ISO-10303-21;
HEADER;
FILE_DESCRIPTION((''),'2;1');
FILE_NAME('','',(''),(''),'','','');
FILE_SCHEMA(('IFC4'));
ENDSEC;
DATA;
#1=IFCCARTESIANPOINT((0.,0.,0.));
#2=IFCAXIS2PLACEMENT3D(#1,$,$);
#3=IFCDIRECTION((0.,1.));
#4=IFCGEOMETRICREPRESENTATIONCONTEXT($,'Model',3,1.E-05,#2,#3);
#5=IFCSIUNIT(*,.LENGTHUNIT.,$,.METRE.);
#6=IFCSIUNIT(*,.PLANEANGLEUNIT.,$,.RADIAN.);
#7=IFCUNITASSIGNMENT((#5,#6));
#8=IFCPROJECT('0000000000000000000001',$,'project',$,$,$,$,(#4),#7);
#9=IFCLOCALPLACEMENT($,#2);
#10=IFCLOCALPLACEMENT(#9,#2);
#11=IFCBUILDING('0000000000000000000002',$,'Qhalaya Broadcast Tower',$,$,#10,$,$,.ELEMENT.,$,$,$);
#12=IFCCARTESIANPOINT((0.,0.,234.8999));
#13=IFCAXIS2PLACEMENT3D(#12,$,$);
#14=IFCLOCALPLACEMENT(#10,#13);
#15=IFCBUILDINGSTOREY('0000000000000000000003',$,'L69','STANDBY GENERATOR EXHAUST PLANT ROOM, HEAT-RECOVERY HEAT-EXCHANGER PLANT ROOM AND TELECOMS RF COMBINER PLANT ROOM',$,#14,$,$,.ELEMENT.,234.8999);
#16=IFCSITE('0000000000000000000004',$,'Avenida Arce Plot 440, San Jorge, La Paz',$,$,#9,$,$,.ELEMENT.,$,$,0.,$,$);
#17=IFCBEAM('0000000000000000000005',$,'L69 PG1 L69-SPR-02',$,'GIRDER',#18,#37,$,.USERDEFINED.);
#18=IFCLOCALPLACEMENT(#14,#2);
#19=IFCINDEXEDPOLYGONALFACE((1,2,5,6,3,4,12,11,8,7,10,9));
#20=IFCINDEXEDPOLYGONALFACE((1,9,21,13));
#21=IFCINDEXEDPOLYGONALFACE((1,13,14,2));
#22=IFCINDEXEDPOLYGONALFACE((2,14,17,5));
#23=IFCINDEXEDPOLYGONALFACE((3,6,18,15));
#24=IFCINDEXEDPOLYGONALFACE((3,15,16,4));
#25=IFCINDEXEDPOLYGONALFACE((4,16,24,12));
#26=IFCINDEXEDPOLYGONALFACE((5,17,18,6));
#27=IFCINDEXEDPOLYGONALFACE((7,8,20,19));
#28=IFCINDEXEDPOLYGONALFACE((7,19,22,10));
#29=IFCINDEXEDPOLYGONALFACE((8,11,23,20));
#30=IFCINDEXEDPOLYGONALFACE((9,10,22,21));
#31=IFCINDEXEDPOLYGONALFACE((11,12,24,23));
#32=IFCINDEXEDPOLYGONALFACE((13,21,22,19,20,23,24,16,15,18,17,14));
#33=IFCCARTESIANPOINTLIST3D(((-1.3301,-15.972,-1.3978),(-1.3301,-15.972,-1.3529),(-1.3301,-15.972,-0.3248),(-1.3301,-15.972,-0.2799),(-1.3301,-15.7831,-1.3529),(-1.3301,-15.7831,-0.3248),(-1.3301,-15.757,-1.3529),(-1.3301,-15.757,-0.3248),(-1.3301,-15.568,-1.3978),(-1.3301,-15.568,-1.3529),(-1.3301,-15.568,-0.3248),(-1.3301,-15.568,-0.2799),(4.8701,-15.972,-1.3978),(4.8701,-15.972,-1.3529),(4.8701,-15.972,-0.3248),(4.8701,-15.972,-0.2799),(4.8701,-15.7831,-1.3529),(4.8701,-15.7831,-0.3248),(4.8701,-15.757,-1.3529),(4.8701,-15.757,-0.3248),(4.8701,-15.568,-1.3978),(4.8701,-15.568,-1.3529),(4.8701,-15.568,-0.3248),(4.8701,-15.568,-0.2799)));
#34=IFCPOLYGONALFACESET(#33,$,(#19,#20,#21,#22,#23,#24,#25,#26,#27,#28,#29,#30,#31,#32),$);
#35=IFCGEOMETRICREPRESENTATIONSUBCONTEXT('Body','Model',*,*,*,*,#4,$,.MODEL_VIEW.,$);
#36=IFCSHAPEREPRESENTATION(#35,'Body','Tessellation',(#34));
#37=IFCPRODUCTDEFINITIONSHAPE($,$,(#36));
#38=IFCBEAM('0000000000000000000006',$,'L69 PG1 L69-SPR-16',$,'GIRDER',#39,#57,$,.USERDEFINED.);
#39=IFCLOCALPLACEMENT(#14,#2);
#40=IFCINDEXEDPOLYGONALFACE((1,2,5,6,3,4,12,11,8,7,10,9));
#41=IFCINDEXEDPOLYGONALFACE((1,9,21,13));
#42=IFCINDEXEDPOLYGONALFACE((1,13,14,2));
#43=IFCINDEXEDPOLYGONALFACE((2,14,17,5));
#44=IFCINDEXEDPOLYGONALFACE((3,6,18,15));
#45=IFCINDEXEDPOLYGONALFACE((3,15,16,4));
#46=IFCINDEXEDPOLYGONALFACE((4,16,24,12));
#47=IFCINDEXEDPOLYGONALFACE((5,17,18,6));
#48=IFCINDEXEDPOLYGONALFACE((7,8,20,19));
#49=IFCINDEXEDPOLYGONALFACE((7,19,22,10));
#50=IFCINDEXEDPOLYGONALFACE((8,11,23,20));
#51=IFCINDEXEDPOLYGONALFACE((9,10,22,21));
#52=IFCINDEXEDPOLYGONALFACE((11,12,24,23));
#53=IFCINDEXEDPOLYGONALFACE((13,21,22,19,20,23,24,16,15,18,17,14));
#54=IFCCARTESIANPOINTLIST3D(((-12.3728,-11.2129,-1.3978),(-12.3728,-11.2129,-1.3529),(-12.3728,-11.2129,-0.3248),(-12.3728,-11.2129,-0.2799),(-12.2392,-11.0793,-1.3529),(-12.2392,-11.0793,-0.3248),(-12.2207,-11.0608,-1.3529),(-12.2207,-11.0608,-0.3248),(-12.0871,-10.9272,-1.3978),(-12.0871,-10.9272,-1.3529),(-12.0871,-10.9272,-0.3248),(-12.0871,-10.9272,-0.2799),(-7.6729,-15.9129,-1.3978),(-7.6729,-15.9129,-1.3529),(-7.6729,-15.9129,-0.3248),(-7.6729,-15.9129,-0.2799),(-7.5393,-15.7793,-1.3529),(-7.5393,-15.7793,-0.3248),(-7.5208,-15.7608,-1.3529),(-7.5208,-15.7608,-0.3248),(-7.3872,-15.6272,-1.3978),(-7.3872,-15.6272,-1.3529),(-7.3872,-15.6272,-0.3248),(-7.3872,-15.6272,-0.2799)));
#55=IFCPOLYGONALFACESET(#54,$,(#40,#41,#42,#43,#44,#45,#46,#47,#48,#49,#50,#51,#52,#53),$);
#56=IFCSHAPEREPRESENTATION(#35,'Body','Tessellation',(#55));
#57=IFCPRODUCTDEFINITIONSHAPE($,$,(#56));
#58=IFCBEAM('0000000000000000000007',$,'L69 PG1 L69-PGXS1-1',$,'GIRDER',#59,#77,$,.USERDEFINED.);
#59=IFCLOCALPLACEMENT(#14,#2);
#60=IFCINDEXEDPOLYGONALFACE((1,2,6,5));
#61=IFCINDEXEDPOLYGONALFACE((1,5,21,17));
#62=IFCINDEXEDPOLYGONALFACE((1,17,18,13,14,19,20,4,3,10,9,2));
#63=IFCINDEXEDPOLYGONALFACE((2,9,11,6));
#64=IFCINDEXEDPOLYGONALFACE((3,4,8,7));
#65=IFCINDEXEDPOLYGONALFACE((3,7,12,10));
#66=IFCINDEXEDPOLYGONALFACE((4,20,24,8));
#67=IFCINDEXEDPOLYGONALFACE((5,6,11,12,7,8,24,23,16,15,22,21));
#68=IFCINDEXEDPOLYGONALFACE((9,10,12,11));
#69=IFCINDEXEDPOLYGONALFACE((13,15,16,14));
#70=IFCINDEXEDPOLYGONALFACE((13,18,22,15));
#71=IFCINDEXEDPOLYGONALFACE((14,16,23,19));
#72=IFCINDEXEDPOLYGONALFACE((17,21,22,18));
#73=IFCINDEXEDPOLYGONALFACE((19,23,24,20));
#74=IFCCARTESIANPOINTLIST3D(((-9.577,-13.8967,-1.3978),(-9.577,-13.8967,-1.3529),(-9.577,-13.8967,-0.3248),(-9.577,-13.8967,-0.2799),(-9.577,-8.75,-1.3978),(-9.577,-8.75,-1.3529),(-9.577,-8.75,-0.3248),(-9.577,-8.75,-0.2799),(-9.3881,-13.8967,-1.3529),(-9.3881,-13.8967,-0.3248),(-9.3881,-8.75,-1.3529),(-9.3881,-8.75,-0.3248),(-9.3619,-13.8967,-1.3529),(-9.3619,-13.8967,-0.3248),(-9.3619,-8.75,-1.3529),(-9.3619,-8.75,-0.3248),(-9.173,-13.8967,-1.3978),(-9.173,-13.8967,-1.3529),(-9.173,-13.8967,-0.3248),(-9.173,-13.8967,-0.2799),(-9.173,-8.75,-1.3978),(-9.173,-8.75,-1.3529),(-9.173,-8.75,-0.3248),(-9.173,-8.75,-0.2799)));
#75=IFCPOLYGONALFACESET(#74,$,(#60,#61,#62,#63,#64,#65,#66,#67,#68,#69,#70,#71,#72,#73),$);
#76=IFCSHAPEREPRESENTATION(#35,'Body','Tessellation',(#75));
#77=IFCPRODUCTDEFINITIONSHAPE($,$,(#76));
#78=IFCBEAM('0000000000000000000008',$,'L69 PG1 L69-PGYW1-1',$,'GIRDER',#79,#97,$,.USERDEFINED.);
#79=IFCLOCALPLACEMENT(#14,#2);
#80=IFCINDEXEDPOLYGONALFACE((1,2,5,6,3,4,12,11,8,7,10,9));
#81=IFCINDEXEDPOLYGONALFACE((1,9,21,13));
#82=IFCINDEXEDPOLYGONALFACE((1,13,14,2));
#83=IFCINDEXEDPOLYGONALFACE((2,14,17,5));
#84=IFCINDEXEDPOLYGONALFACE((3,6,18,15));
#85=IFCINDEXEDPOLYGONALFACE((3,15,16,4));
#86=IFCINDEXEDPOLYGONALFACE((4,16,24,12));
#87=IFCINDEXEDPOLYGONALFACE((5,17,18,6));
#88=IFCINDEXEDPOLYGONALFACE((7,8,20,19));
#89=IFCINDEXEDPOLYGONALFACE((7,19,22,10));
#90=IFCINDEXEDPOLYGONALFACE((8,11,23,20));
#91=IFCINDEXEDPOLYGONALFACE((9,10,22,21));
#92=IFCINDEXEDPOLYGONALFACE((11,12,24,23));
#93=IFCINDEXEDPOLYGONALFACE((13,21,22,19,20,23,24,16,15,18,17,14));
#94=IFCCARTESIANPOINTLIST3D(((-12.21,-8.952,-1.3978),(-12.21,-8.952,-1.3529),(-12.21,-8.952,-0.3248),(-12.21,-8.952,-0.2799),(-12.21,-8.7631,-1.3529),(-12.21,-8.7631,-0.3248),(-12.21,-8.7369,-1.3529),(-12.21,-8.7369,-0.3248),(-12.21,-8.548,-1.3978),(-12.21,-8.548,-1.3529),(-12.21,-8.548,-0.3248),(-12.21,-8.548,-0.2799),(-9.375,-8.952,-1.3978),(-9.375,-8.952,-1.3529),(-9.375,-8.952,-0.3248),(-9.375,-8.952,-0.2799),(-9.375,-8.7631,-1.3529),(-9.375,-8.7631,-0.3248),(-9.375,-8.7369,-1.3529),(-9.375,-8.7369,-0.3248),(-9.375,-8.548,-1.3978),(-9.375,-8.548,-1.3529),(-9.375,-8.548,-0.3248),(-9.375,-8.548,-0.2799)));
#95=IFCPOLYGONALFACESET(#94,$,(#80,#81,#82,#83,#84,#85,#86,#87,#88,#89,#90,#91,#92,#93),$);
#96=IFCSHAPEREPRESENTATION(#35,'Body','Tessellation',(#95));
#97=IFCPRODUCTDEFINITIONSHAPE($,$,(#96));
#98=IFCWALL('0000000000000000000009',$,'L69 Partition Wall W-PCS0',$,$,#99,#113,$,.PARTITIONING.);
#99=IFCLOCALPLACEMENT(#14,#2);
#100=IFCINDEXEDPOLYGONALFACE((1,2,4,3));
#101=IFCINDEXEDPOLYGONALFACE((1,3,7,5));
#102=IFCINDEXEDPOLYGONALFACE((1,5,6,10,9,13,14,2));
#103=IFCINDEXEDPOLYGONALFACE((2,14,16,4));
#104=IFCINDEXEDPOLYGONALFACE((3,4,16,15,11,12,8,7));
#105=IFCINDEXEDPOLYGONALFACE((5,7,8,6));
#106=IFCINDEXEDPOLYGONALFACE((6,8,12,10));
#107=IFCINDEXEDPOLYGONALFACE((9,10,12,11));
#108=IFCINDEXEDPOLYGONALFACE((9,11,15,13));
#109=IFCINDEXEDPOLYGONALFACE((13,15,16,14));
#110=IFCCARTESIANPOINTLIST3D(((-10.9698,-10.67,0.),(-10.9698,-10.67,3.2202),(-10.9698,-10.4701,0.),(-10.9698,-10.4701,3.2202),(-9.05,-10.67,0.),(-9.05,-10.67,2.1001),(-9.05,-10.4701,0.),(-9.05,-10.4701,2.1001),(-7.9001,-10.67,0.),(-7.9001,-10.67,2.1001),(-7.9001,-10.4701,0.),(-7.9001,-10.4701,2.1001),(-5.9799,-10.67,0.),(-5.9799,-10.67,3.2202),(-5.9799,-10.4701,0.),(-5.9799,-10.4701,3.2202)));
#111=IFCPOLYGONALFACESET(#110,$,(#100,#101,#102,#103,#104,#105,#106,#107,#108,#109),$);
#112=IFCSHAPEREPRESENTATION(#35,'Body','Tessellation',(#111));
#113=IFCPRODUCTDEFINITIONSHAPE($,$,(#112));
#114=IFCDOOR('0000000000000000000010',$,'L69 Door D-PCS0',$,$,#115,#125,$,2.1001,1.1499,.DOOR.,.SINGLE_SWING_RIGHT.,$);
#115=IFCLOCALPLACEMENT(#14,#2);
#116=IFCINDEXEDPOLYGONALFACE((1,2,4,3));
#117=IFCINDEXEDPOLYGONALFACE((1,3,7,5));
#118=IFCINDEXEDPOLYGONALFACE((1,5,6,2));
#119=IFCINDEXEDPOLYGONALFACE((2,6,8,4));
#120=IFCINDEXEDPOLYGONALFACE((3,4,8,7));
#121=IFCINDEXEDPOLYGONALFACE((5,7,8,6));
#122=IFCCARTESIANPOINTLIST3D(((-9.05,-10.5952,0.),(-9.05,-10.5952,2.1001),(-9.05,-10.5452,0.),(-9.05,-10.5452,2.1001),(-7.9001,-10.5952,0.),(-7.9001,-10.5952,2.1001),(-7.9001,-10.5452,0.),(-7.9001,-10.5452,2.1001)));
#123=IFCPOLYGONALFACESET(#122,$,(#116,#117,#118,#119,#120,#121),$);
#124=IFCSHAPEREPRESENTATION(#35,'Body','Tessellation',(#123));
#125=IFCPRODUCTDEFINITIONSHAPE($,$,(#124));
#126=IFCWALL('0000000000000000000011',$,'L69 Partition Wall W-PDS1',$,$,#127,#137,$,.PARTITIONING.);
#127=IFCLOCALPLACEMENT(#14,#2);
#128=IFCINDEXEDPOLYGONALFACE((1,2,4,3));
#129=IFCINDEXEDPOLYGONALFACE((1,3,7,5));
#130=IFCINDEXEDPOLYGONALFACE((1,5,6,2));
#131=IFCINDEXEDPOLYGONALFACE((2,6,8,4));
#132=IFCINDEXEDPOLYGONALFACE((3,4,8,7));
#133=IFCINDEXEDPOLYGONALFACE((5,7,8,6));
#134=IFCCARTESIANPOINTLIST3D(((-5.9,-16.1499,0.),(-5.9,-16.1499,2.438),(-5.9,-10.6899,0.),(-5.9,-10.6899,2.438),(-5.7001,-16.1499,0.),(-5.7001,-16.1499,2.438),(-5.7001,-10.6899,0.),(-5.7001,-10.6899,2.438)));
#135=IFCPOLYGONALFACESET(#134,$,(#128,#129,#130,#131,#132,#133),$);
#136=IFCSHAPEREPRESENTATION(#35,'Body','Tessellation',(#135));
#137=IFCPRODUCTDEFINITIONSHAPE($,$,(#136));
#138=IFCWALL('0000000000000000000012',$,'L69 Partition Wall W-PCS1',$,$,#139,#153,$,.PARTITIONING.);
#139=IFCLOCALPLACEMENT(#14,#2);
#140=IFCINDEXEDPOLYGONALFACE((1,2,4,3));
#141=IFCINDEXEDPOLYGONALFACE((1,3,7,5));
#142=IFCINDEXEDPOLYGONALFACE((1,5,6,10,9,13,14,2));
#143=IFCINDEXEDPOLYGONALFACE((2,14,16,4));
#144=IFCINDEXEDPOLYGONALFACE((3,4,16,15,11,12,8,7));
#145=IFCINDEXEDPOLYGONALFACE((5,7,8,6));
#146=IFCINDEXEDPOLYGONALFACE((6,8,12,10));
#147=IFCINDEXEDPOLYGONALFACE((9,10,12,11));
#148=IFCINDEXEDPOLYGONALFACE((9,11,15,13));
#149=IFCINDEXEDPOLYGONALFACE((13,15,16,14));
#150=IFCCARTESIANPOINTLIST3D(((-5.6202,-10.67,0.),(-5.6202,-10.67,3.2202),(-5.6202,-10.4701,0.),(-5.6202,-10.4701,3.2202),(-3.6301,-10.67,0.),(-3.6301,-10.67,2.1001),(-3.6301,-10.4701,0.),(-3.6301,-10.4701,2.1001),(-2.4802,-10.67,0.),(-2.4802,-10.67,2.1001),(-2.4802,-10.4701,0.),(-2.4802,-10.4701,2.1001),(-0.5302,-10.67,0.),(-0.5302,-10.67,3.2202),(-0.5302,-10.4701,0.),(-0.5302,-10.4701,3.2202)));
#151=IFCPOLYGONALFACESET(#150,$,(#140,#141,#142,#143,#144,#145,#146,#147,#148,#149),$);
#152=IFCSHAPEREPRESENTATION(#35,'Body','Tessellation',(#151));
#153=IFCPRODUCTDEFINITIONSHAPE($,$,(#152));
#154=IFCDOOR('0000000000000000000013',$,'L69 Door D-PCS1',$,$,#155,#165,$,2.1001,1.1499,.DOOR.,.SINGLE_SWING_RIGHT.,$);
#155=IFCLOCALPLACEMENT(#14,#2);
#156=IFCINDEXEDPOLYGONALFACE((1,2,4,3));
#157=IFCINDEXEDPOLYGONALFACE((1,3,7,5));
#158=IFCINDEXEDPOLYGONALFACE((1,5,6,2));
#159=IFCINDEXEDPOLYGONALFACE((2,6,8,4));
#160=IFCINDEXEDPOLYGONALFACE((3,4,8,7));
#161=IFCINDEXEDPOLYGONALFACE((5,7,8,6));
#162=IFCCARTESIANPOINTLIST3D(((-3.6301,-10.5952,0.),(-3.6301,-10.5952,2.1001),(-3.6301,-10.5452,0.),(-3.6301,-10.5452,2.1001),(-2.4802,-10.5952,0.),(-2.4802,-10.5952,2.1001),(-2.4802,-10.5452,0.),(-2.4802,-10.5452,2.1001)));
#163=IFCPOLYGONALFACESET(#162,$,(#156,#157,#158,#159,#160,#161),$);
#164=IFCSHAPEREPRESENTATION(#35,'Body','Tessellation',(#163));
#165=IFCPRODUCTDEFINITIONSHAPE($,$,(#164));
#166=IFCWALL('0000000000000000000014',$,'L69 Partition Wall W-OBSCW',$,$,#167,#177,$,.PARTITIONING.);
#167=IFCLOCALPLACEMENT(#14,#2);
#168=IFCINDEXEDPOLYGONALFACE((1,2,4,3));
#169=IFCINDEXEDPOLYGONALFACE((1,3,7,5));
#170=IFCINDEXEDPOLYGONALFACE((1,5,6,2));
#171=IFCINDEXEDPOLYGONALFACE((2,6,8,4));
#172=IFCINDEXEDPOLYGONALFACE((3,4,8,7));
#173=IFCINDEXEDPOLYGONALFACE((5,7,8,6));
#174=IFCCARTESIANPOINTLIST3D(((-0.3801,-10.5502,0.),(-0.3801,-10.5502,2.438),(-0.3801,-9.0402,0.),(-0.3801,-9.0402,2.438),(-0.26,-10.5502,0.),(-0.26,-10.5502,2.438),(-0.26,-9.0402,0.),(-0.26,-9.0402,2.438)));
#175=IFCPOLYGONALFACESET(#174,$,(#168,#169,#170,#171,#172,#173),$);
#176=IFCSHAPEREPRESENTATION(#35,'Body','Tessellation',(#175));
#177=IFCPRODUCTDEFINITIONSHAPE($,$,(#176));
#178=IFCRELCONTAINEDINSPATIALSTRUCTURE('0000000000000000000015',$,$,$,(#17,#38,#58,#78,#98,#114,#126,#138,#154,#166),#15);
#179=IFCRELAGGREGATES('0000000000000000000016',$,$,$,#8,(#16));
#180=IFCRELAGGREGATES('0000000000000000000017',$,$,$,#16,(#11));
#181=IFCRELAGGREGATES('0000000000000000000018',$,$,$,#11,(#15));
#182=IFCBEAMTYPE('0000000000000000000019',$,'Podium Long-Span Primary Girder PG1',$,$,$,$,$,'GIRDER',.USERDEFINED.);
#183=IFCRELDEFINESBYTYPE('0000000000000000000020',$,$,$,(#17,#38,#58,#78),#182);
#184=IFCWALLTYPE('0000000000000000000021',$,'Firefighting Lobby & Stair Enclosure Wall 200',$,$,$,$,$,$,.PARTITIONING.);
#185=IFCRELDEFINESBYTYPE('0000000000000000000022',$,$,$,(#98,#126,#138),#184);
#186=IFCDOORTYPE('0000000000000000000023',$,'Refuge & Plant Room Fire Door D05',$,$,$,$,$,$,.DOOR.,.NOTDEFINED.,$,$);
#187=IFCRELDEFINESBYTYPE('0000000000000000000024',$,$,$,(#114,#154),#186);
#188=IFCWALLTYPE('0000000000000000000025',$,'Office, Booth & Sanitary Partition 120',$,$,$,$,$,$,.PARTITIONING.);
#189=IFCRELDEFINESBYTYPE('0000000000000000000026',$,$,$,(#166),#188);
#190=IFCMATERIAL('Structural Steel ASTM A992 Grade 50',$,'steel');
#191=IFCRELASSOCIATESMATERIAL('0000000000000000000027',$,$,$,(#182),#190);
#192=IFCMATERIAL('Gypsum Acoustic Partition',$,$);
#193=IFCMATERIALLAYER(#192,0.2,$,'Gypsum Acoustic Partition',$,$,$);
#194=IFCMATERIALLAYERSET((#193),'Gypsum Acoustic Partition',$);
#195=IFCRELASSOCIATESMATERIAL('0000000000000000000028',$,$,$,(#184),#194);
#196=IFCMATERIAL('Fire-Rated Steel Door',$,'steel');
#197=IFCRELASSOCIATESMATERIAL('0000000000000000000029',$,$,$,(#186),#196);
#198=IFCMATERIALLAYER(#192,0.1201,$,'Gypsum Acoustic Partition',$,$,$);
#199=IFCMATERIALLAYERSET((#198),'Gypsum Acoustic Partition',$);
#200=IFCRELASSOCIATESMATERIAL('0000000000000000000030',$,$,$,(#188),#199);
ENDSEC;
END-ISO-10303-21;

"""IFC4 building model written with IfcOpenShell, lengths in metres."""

from ifc_helpers import new_model, si_unit, direction, frame, frame_2d, origin, origin_2d, place, context, subcontext, project, spatial, rectangle, i_section, extrude, material, layer, layer_set, material_profile, profile_set, type_object, element, fill, save


model = new_model("IFC4")

# Units and contexts
model_context = context("Model", 3, precision=1e-05, world=origin(), true_north=direction((0.0, 1.0)))
body_context = subcontext(model_context, "Body", "Model", "MODEL_VIEW")
ifc_project = project(units=[si_unit("LENGTHUNIT", "METRE"), si_unit("PLANEANGLEUNIT", "RADIAN")], contexts=[model_context])

# Site, building, storey
site_placement = place(None, origin())
site = spatial("IfcSite", under=ifc_project, at=site_placement, Name="Avenida Arce Plot 440, San Jorge, La Paz", CompositionType="ELEMENT", RefElevation=0.0)
building_placement = place(site_placement, origin())
building = spatial("IfcBuilding", under=site, at=building_placement, Name="Qhalaya Broadcast Tower", CompositionType="ELEMENT")
storey_placement = place(building_placement, frame((0.0, 0.0, 234.8999)))
storey = spatial("IfcBuildingStorey", under=building, at=storey_placement, Name="L69", Description="STANDBY GENERATOR EXHAUST PLANT ROOM, HEAT-RECOVERY HEAT-EXCHANGER PLANT ROOM AND TELECOMS RF COMBINER PLANT ROOM", CompositionType="ELEMENT", Elevation=234.8999)

# Beams
ifc_material_1 = material(Name="Structural Steel ASTM A992 Grade 50", Category="steel")
ifc_material_profile_1 = material_profile(ifc_material_1, i_section(OverallWidth=0.4041, OverallDepth=1.1179, WebThickness=0.0261, FlangeThickness=0.0449, at=origin_2d()), Name="W44X335")
ifc_profile_set_1 = profile_set([ifc_material_profile_1], Name="Structural Steel ASTM A992 Grade 50")
beam_type_1 = type_object("IfcBeamType", Name="Podium Long-Span Primary Girder PG1", ElementType="GIRDER", PredefinedType="USERDEFINED", material=ifc_profile_set_1)
beam_1_placement = place(storey_placement, frame((-1.3301, -15.77, -0.8389), z_axis=(1.0, 0.0, 0.0), x_axis=(0.0, 1.0, 0.0)))
element("IfcBeam", 1, at=beam_1_placement, inside=storey, type_object=beam_type_1, Name="L69 PG1 L69-SPR-02", ObjectType="GIRDER", PredefinedType="USERDEFINED", context=body_context, shape_type="SweptSolid", body=[
    extrude(i_section(OverallWidth=0.4041, OverallDepth=1.1179, WebThickness=0.0261, FlangeThickness=0.0449, at=origin_2d()), origin(), (0.0, 0.0, 1.0), 6.2002),
])
beam_2_placement = place(storey_placement, frame((-12.23, -11.0701, -0.8389), z_axis=(0.707107, -0.707107, 0.0), x_axis=(0.707107, 0.707107, 0.0)))
element("IfcBeam", 2, at=beam_2_placement, inside=storey, type_object=beam_type_1, Name="L69 PG1 L69-SPR-16", ObjectType="GIRDER", PredefinedType="USERDEFINED", context=body_context, shape_type="SweptSolid", body=[
    extrude(i_section(OverallWidth=0.4041, OverallDepth=1.1179, WebThickness=0.0261, FlangeThickness=0.0449, at=origin_2d()), origin(), (0.0, 0.0, 1.0), 6.6467),
])
beam_3_placement = place(storey_placement, frame((-9.375, -13.8967, -0.8389), z_axis=(0.0, 1.0, 0.0), x_axis=(-1.0, 0.0, 0.0)))
element("IfcBeam", 3, at=beam_3_placement, inside=storey, type_object=beam_type_1, Name="L69 PG1 L69-PGXS1-1", ObjectType="GIRDER", PredefinedType="USERDEFINED", context=body_context, shape_type="SweptSolid", body=[
    extrude(i_section(OverallWidth=0.4041, OverallDepth=1.1179, WebThickness=0.0261, FlangeThickness=0.0449, at=origin_2d()), origin(), (0.0, 0.0, 1.0), 5.1467),
])
beam_4_placement = place(storey_placement, frame((-12.21, -8.75, -0.8389), z_axis=(1.0, 0.0, 0.0), x_axis=(0.0, 1.0, 0.0)))
element("IfcBeam", 4, at=beam_4_placement, inside=storey, type_object=beam_type_1, Name="L69 PG1 L69-PGYW1-1", ObjectType="GIRDER", PredefinedType="USERDEFINED", context=body_context, shape_type="SweptSolid", body=[
    extrude(i_section(OverallWidth=0.4041, OverallDepth=1.1179, WebThickness=0.0261, FlangeThickness=0.0449, at=origin_2d()), origin(), (0.0, 0.0, 1.0), 2.835),
])

# Wall, opening, door
ifc_material_2 = material(Name="Gypsum Acoustic Partition")
ifc_layer_1 = layer(ifc_material_2, 0.2, Name="Gypsum Acoustic Partition")
ifc_layer_set_1 = layer_set([ifc_layer_1], Name="Gypsum Acoustic Partition")
wall_type_1 = type_object("IfcWallType", Name="Firefighting Lobby & Stair Enclosure Wall 200", PredefinedType="PARTITIONING", material=ifc_layer_set_1)
wall_1_placement = place(storey_placement, frame((-10.97, -10.5701, 0.0), z_axis=(0.0, 0.0, 1.0), x_axis=(1.0, 0.0, 0.0)))
wall_1 = element("IfcWall", 5, at=wall_1_placement, inside=storey, type_object=wall_type_1, Name="L69 Partition Wall W-PCS0", PredefinedType="PARTITIONING", context=body_context, shape_type="SweptSolid", body=[
    extrude(rectangle(XDim=4.99, YDim=0.2, at=frame_2d((2.4951, 0.0))), origin(), (0.0, 0.0, 1.0), 3.2202),
])
opening_1_placement = place(wall_1_placement, frame((1.9199, 0.0, 0.0)))
opening_1 = element("IfcOpeningElement", 6, at=opening_1_placement, cuts=wall_1, PredefinedType="OPENING", context=body_context, shape_type="SweptSolid", body=[
    extrude(rectangle(XDim=1.1499, YDim=2.1001, at=frame_2d((0.575, 1.05))), frame((0.0, 0.1121, 0.0), z_axis=(0.0, -1.0, 0.0), x_axis=(1.0, 0.0, 0.0)), (0.0, 0.0, 1.0), 0.2239),
])
ifc_material_3 = material(Name="Fire-Rated Steel Door", Category="steel")
door_type = type_object("IfcDoorType", Name="Refuge & Plant Room Fire Door D05", OperationType="NOTDEFINED", PredefinedType="DOOR", material=ifc_material_3)
door_1_placement = place(opening_1_placement, origin())
door_1 = element("IfcDoor", 7, at=door_1_placement, inside=storey, type_object=door_type, Name="L69 Door D-PCS0", OperationType="SINGLE_SWING_RIGHT", OverallHeight=2.1001, OverallWidth=1.1499, PredefinedType="DOOR", context=body_context, shape_type="SweptSolid", body=[
    extrude(rectangle(XDim=1.1499, YDim=2.1001, at=frame_2d((0.575, 1.05))), frame((0.0, 0.0249, 0.0), z_axis=(0.0, -1.0, 0.0), x_axis=(1.0, 0.0, 0.0)), (0.0, 0.0, 1.0), 0.05),
])
fill(opening_1, door_1)

# Wall
wall_2_placement = place(storey_placement, frame((-5.8, -16.1499, 0.0), z_axis=(0.0, 0.0, 1.0), x_axis=(0.0, 1.0, 0.0)))
element("IfcWall", 8, at=wall_2_placement, inside=storey, type_object=wall_type_1, Name="L69 Partition Wall W-PDS1", PredefinedType="PARTITIONING", context=body_context, shape_type="SweptSolid", body=[
    extrude(rectangle(XDim=5.46, YDim=0.2, at=frame_2d((2.73, 0.0))), origin(), (0.0, 0.0, 1.0), 2.438),
])

# Wall, opening, door
wall_3_placement = place(storey_placement, frame((-5.6201, -10.5701, 0.0), z_axis=(0.0, 0.0, 1.0), x_axis=(1.0, 0.0, 0.0)))
wall_3 = element("IfcWall", 9, at=wall_3_placement, inside=storey, type_object=wall_type_1, Name="L69 Partition Wall W-PCS1", PredefinedType="PARTITIONING", context=body_context, shape_type="SweptSolid", body=[
    extrude(rectangle(XDim=5.0901, YDim=0.2, at=frame_2d((2.5449, 0.0))), origin(), (0.0, 0.0, 1.0), 3.2202),
])
opening_2_placement = place(wall_3_placement, frame((1.99, 0.0, 0.0)))
opening_2 = element("IfcOpeningElement", 10, at=opening_2_placement, cuts=wall_3, PredefinedType="OPENING", context=body_context, shape_type="SweptSolid", body=[
    extrude(rectangle(XDim=1.1499, YDim=2.1001, at=frame_2d((0.575, 1.05))), frame((0.0, 0.1121, 0.0), z_axis=(0.0, -1.0, 0.0), x_axis=(1.0, 0.0, 0.0)), (0.0, 0.0, 1.0), 0.2239),
])
door_2_placement = place(opening_2_placement, origin())
door_2 = element("IfcDoor", 11, at=door_2_placement, inside=storey, type_object=door_type, Name="L69 Door D-PCS1", OperationType="SINGLE_SWING_RIGHT", OverallHeight=2.1001, OverallWidth=1.1499, PredefinedType="DOOR", context=body_context, shape_type="SweptSolid", body=[
    extrude(rectangle(XDim=1.1499, YDim=2.1001, at=frame_2d((0.575, 1.05))), frame((0.0, 0.0249, 0.0), z_axis=(0.0, -1.0, 0.0), x_axis=(1.0, 0.0, 0.0)), (0.0, 0.0, 1.0), 0.05),
])
fill(opening_2, door_2)

# Wall
ifc_layer_2 = layer(ifc_material_2, 0.1201, Name="Gypsum Acoustic Partition")
ifc_layer_set_2 = layer_set([ifc_layer_2], Name="Gypsum Acoustic Partition")
wall_type_2 = type_object("IfcWallType", Name="Office, Booth & Sanitary Partition 120", PredefinedType="PARTITIONING", material=ifc_layer_set_2)
wall_4_placement = place(storey_placement, frame((-0.3201, -10.55, 0.0), z_axis=(0.0, 0.0, 1.0), x_axis=(0.0, 1.0, 0.0)))
element("IfcWall", 12, at=wall_4_placement, inside=storey, type_object=wall_type_2, Name="L69 Partition Wall W-OBSCW", PredefinedType="PARTITIONING", context=body_context, shape_type="SweptSolid", body=[
    extrude(rectangle(XDim=1.51, YDim=0.1201, at=frame_2d((0.7549, 0.0))), origin(), (0.0, 0.0, 1.0), 2.438),
])

save(model, "model.ifc")
